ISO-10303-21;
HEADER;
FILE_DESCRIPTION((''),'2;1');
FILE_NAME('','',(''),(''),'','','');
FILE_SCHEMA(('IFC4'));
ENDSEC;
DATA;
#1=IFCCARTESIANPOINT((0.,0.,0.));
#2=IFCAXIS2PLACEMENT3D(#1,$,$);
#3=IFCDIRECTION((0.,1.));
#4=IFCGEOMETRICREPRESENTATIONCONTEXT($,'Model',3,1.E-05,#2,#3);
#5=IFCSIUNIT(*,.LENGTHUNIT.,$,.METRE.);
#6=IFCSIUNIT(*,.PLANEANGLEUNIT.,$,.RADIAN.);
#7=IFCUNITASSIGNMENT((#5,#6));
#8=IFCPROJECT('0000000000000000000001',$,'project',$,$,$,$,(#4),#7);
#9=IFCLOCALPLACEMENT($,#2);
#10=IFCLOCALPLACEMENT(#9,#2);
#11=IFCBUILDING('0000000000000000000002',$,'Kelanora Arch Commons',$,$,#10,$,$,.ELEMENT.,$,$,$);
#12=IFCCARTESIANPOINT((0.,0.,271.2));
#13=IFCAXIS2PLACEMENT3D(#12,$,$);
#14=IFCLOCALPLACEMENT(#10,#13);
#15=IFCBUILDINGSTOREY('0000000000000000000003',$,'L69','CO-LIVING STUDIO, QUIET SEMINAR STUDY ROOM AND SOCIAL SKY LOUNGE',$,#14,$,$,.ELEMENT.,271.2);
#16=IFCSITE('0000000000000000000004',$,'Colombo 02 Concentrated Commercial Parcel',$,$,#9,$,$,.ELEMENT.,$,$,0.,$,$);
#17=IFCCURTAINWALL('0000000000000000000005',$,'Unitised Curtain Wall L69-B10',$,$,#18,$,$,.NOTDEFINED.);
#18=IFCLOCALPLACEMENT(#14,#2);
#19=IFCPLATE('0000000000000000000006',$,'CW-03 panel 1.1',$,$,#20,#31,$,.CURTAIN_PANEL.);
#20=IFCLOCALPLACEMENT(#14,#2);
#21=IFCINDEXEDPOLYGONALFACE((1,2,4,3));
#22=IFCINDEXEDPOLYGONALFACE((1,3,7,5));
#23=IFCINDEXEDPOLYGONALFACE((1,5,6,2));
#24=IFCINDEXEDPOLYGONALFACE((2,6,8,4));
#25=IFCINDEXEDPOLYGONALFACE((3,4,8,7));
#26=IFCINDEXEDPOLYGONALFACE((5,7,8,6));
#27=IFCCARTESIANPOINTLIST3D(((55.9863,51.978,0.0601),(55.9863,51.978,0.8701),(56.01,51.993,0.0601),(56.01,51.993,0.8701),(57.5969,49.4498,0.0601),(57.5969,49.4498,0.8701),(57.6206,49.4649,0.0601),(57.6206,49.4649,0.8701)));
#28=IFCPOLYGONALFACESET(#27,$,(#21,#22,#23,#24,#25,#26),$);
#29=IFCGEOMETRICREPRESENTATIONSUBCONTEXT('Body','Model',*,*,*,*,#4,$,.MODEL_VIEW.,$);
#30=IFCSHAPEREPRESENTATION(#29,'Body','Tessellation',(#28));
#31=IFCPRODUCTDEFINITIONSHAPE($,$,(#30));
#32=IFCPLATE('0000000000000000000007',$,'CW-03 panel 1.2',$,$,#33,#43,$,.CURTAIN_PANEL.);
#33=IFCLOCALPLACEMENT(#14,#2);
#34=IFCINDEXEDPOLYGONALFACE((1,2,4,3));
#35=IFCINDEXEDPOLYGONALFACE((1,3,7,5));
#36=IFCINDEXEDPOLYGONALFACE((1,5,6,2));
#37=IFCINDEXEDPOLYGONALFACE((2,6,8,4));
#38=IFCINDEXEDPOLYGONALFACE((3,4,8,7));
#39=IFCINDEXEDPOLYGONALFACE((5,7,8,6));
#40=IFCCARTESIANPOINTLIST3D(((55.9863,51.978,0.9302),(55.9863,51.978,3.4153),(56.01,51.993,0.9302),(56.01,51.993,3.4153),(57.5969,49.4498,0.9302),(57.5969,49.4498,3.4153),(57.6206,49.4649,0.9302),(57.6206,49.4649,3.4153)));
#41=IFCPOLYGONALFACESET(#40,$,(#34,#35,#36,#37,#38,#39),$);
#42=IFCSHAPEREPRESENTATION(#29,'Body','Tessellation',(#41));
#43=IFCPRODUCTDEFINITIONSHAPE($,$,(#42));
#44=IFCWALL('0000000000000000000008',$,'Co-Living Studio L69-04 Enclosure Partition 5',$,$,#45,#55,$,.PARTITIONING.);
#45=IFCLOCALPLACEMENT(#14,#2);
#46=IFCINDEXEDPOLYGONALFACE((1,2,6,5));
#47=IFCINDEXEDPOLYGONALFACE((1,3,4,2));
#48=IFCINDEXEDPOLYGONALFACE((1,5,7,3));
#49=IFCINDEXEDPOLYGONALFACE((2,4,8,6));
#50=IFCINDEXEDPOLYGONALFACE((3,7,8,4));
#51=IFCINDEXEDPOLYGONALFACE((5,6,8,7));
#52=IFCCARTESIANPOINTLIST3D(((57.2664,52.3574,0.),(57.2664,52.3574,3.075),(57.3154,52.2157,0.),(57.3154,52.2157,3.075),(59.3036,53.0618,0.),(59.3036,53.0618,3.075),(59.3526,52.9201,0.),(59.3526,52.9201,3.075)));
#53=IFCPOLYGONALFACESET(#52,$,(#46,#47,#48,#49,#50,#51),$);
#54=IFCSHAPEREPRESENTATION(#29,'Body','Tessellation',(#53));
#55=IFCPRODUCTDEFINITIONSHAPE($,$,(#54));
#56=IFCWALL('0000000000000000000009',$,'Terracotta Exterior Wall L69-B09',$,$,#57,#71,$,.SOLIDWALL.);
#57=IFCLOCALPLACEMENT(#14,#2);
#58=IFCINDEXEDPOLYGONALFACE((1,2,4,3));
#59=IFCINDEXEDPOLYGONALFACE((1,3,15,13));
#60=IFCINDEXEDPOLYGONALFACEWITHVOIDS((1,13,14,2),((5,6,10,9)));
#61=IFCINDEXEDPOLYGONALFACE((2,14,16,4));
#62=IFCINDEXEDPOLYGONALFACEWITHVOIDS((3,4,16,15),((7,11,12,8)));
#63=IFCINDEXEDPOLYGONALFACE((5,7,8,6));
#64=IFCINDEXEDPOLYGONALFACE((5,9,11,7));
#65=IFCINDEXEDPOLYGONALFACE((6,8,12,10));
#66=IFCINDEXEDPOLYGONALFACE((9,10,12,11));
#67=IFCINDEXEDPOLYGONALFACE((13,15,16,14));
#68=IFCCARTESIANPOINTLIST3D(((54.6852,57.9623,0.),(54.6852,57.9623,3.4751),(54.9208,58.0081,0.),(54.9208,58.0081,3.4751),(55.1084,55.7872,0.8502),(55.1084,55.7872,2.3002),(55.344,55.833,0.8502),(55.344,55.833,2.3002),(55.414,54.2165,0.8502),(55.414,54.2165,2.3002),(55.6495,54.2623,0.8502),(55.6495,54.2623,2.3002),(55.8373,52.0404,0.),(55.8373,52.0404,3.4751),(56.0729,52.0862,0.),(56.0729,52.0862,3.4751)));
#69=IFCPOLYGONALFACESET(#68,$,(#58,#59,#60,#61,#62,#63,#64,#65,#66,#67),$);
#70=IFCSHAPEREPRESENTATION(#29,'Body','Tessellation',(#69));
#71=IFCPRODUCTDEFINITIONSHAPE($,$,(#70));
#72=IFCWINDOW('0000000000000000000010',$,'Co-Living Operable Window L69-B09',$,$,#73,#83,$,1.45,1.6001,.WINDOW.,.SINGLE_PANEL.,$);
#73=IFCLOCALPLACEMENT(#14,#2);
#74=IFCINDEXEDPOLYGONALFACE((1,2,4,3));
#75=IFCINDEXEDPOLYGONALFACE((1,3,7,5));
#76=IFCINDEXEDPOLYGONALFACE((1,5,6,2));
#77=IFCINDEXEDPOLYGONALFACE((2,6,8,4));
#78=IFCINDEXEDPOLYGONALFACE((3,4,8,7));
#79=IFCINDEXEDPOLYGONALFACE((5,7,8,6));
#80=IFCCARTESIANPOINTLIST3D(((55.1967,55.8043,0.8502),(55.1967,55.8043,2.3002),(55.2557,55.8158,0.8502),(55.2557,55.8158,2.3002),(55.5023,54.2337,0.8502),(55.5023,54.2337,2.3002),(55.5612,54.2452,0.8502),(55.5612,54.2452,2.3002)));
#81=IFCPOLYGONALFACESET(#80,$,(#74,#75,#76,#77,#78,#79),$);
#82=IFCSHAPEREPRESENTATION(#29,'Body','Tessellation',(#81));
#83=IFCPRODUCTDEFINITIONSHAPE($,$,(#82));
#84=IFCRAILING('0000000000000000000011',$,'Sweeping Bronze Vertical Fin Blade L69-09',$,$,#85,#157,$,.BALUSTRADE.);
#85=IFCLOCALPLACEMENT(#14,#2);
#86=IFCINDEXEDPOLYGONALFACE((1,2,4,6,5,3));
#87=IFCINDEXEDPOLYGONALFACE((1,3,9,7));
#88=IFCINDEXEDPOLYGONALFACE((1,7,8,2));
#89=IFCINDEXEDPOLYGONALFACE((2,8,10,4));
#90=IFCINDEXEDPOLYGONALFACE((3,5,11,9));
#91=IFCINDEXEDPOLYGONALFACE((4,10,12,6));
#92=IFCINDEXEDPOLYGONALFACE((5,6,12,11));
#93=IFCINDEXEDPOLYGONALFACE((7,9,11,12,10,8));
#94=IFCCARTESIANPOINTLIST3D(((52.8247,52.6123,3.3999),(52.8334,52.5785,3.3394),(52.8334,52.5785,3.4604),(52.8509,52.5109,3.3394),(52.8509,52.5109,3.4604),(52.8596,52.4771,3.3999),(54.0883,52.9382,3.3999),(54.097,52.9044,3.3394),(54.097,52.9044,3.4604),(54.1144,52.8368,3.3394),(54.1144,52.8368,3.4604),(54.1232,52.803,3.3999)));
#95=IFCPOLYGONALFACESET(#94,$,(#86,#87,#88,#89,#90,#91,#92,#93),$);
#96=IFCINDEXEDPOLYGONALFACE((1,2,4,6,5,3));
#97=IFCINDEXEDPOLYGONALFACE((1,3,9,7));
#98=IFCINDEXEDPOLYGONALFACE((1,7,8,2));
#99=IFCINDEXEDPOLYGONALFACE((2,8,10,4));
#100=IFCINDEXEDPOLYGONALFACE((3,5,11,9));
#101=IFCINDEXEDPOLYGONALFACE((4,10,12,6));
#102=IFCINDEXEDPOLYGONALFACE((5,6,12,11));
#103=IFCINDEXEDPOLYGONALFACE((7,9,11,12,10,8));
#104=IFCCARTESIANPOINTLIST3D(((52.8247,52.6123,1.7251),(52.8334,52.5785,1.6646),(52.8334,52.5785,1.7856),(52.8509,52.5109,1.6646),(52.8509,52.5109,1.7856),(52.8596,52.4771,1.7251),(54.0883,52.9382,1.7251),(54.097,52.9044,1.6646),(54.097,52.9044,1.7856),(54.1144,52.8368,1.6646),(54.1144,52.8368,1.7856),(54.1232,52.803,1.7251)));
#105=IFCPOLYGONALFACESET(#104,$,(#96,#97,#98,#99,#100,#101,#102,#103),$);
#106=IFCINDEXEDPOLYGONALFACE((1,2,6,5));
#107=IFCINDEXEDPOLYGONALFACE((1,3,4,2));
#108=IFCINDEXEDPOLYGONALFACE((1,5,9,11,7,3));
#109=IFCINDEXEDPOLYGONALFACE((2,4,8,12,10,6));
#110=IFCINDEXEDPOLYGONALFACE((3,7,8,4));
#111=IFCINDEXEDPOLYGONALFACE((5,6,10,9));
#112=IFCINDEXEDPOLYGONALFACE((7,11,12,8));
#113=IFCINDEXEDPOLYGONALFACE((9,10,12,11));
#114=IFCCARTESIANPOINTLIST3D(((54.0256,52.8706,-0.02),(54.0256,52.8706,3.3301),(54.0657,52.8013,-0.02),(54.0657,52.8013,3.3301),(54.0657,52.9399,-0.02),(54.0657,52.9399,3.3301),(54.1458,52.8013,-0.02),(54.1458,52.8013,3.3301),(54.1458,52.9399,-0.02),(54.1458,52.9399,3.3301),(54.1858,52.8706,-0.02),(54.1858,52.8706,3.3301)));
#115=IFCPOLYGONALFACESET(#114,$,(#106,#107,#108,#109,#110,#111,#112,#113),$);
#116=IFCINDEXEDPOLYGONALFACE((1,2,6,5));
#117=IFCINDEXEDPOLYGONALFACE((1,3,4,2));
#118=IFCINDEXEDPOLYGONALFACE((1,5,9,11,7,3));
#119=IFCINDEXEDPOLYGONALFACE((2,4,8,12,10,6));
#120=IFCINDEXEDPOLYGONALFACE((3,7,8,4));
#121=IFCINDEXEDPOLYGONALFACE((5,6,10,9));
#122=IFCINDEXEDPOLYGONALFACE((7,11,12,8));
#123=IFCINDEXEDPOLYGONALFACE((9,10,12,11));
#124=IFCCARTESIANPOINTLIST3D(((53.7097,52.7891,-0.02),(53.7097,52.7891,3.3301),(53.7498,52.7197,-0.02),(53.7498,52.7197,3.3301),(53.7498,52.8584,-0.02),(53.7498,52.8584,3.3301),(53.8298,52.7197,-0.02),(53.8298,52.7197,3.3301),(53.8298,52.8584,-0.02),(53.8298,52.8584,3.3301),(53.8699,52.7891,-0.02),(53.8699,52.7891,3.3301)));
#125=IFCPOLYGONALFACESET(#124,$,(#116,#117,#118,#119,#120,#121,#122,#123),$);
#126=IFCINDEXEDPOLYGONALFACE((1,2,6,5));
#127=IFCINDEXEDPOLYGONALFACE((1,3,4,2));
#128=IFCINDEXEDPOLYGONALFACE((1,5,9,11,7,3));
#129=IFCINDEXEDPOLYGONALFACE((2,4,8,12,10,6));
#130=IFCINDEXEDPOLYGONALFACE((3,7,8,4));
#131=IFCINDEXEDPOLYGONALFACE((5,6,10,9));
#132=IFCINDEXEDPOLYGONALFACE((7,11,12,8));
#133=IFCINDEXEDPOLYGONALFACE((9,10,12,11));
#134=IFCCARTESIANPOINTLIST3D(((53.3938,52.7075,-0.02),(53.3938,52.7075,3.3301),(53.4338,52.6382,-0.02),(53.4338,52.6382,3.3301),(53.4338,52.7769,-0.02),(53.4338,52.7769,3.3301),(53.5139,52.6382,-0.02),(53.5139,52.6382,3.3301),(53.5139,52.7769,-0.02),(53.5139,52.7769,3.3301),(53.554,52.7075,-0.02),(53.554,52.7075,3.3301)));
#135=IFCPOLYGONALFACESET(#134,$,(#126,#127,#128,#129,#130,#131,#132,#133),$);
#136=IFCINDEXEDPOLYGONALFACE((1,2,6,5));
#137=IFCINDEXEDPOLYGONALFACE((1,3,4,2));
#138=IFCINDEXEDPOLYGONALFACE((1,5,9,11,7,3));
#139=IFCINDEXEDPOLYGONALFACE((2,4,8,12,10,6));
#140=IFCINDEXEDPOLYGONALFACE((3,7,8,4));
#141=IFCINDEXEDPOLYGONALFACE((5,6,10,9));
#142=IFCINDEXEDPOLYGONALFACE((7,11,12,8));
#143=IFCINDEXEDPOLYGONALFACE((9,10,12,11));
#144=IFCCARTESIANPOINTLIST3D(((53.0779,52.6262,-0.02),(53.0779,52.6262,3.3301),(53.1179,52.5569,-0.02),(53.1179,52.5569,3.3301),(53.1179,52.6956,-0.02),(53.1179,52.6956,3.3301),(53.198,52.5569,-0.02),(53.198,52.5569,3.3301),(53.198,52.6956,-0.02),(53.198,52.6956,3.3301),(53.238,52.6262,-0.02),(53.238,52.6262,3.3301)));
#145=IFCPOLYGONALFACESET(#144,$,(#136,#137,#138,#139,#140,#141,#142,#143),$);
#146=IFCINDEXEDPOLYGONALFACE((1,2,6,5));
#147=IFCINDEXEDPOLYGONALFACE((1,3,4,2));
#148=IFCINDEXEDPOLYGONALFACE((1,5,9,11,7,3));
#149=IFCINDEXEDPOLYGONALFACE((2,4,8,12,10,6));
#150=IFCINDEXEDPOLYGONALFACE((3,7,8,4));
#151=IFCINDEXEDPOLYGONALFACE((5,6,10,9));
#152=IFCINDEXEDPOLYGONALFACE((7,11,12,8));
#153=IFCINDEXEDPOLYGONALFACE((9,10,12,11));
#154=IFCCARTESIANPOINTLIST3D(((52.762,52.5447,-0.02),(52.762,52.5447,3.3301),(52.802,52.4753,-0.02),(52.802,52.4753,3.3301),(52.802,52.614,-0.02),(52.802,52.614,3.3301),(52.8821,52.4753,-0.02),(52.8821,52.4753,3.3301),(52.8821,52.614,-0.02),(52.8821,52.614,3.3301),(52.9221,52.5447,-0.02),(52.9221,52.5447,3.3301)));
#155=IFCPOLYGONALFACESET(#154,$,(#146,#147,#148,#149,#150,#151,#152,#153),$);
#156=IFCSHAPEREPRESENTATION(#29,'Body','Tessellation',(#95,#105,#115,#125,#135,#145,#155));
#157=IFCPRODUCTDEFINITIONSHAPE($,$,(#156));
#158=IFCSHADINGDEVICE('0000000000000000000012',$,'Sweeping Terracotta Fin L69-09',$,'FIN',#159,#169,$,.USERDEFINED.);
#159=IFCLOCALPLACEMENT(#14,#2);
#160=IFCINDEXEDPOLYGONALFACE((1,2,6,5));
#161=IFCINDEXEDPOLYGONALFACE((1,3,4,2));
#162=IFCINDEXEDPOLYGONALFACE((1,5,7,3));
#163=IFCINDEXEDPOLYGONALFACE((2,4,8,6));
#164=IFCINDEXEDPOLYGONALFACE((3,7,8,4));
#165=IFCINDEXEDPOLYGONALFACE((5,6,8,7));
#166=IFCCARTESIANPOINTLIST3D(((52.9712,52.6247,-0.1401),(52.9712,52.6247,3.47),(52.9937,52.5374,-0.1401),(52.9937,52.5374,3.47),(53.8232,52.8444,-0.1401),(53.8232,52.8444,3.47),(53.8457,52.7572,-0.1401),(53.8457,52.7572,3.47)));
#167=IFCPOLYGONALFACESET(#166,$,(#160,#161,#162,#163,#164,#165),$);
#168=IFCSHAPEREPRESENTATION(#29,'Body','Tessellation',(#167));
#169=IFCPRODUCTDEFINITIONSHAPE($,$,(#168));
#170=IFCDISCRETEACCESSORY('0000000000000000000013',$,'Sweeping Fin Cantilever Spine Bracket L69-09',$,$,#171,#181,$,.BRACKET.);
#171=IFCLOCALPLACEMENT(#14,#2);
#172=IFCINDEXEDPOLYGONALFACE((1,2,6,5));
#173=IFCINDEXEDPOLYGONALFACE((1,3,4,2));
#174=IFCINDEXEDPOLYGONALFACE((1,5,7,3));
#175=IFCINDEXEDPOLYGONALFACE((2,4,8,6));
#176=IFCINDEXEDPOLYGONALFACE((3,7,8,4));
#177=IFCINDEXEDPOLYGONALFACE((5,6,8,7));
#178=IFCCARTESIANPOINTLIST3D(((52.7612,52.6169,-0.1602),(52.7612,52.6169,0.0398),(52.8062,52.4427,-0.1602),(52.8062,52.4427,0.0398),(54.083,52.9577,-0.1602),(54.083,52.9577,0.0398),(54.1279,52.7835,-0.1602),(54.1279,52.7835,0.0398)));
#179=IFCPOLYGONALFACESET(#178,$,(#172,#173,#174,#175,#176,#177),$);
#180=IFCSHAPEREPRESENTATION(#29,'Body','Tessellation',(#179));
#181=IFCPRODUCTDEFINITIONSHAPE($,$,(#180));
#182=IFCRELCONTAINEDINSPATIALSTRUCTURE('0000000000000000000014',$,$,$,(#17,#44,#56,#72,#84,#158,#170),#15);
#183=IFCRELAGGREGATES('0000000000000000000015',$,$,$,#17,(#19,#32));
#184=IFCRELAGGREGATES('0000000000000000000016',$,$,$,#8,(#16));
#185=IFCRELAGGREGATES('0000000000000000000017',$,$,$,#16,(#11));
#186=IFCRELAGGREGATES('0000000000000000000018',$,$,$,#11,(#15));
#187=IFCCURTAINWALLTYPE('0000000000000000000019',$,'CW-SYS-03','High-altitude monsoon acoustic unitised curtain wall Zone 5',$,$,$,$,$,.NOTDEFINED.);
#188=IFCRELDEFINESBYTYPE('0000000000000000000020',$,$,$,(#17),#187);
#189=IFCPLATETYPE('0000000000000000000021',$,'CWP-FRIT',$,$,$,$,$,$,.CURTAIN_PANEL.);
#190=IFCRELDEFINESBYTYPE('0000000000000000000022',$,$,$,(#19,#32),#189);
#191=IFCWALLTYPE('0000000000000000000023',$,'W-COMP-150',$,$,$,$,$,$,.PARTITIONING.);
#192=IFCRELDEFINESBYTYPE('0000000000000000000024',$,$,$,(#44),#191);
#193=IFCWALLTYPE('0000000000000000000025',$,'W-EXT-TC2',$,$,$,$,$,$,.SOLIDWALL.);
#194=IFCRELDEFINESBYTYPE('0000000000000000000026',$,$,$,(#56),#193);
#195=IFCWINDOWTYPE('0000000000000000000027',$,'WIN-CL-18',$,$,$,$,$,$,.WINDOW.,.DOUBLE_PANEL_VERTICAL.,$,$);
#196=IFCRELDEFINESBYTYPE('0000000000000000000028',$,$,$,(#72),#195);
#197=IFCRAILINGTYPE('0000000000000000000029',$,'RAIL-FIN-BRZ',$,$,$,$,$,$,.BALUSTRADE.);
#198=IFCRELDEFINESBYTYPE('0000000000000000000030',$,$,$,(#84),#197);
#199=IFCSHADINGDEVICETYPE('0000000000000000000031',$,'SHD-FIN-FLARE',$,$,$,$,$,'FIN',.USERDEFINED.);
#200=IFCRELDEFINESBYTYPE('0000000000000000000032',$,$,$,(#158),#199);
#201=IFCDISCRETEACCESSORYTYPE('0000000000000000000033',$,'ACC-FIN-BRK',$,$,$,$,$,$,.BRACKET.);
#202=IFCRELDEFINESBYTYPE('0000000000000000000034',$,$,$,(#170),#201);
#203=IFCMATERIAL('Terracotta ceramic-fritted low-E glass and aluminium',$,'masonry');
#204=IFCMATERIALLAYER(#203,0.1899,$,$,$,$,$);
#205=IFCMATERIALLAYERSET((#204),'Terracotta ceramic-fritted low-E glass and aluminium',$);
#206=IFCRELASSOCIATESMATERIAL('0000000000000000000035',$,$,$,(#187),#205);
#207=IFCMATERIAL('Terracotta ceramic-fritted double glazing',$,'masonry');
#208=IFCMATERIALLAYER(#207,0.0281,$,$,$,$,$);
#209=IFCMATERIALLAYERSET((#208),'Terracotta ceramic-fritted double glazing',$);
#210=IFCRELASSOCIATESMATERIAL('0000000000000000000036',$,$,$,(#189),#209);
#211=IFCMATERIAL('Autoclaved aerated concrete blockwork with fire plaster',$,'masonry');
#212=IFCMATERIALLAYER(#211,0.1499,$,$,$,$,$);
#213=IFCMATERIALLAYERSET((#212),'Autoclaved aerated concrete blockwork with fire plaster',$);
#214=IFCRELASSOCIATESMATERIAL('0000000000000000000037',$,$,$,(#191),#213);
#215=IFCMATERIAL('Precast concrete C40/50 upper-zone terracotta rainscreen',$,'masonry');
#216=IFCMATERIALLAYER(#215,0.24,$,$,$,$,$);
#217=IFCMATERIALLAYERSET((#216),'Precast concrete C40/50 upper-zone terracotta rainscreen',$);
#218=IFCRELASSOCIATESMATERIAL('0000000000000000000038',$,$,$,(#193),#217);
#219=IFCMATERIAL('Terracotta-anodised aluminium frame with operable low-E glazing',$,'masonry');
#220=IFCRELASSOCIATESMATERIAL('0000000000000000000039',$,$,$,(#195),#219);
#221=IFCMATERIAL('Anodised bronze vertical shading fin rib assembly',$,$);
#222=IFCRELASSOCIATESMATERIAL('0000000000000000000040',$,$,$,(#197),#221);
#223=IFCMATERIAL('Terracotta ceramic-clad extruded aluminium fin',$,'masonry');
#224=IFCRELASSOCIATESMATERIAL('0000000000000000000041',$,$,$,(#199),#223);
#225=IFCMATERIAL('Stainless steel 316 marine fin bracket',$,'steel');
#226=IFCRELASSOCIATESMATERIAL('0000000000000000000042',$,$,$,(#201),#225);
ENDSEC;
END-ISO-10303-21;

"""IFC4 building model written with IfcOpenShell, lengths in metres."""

from ifc_helpers import new_model, si_unit, direction, frame, frame_2d, origin, origin_2d, place, context, subcontext, project, spatial, polyline, rectangle, outline, extrude, source, transform, mapped, material, layer, layer_set, type_object, element, fill, aggregate, save


model = new_model("IFC4")

# Units and contexts
model_context = context("Model", 3, precision=1e-05, world=origin(), true_north=direction((0.0, 1.0)))
body_context = subcontext(model_context, "Body", "Model", "MODEL_VIEW")
ifc_project = project(units=[si_unit("LENGTHUNIT", "METRE"), si_unit("PLANEANGLEUNIT", "RADIAN")], contexts=[model_context])

# Site, building, storey
site_placement = place(None, origin())
site = spatial("IfcSite", under=ifc_project, at=site_placement, Name="Colombo 02 Concentrated Commercial Parcel", CompositionType="ELEMENT", RefElevation=0.0)
building_placement = place(site_placement, origin())
building = spatial("IfcBuilding", under=site, at=building_placement, Name="Kelanora Arch Commons", CompositionType="ELEMENT")
storey_placement = place(building_placement, frame((0.0, 0.0, 271.2)))
storey = spatial("IfcBuildingStorey", under=building, at=storey_placement, Name="L69", Description="CO-LIVING STUDIO, QUIET SEMINAR STUDY ROOM AND SOCIAL SKY LOUNGE", CompositionType="ELEMENT", Elevation=271.2)

# Curtain wall
ifc_material_1 = material(Name="Terracotta ceramic-fritted low-E glass and aluminium", Category="masonry")
ifc_layer_1 = layer(ifc_material_1, 0.1899)
ifc_layer_set_1 = layer_set([ifc_layer_1], Name="Terracotta ceramic-fritted low-E glass and aluminium")
curtain_wall_type = type_object("IfcCurtainWallType", Name="CW-SYS-03", Description="High-altitude monsoon acoustic unitised curtain wall Zone 5", PredefinedType="NOTDEFINED", material=ifc_layer_set_1)
curtain_wall_placement = place(storey_placement, origin())
curtain_wall = element("IfcCurtainWall", 1, at=curtain_wall_placement, inside=storey, type_object=curtain_wall_type, Name="Unitised Curtain Wall L69-B10", PredefinedType="NOTDEFINED")

# Plates
ifc_material_2 = material(Name="Terracotta ceramic-fritted double glazing", Category="masonry")
ifc_layer_2 = layer(ifc_material_2, 0.0281)
ifc_layer_set_2 = layer_set([ifc_layer_2], Name="Terracotta ceramic-fritted double glazing")
plate_type = type_object("IfcPlateType", Name="CWP-FRIT", PredefinedType="CURTAIN_PANEL", material=ifc_layer_set_2)
shared_shape_1 = source(origin(), body_context, "Body", "SweptSolid", [
    extrude(rectangle(XDim=2.9976, YDim=0.0281, at=origin_2d()), origin(), (0.0, 0.0, 1.0), 0.8101),
])
plate_1_placement = place(storey_placement, frame((56.8035, 50.7214, 0.0601), z_axis=(0.0, 0.0, 1.0), x_axis=(0.5373, -0.843391, 0.0)))
plate_1 = element("IfcPlate", 2, at=plate_1_placement, type_object=plate_type, Name="CW-03 panel 1.1", PredefinedType="CURTAIN_PANEL", context=body_context, shape_type="MappedRepresentation", body=[
    mapped(shared_shape_1, transform((0.0, 0.0, 0.0), scale=1.0)),
])
shared_shape_2 = source(origin(), body_context, "Body", "SweptSolid", [
    extrude(rectangle(XDim=2.9976, YDim=0.0281, at=origin_2d()), origin(), (0.0, 0.0, 1.0), 2.4851),
])
plate_2_placement = place(storey_placement, frame((56.8035, 50.7214, 0.9302), z_axis=(0.0, 0.0, 1.0), x_axis=(0.5373, -0.843391, 0.0)))
plate_2 = element("IfcPlate", 3, at=plate_2_placement, type_object=plate_type, Name="CW-03 panel 1.2", PredefinedType="CURTAIN_PANEL", context=body_context, shape_type="MappedRepresentation", body=[
    mapped(shared_shape_2, transform((0.0, 0.0, 0.0), scale=1.0)),
])
aggregate(curtain_wall, [plate_1, plate_2])

# Wall
ifc_material_3 = material(Name="Autoclaved aerated concrete blockwork with fire plaster", Category="masonry")
ifc_layer_3 = layer(ifc_material_3, 0.1499)
ifc_layer_set_3 = layer_set([ifc_layer_3], Name="Autoclaved aerated concrete blockwork with fire plaster")
wall_type_1 = type_object("IfcWallType", Name="W-COMP-150", PredefinedType="PARTITIONING", material=ifc_layer_set_3)
wall_1_placement = place(storey_placement, frame((57.291, 52.2866, 0.0), z_axis=(0.0, 0.0, 1.0), x_axis=(0.945102, 0.326776, 0.0)))
element("IfcWall", 4, at=wall_1_placement, inside=storey, type_object=wall_type_1, Name="Co-Living Studio L69-04 Enclosure Partition 5", PredefinedType="PARTITIONING", context=body_context, shape_type="SweptSolid", body=[
    extrude(rectangle(XDim=2.1555, YDim=0.1499, at=frame_2d((1.0776, 0.0))), origin(), (0.0, 0.0, 1.0), 3.075),
])

# Wall, opening, window
ifc_material_4 = material(Name="Precast concrete C40/50 upper-zone terracotta rainscreen", Category="masonry")
ifc_layer_4 = layer(ifc_material_4, 0.24)
ifc_layer_set_4 = layer_set([ifc_layer_4], Name="Precast concrete C40/50 upper-zone terracotta rainscreen")
wall_type_2 = type_object("IfcWallType", Name="W-EXT-TC2", PredefinedType="SOLIDWALL", material=ifc_layer_set_4)
wall_2_placement = place(storey_placement, frame((54.803, 57.9854, 0.0), z_axis=(0.0, 0.0, 1.0), x_axis=(0.190969, -0.981596, 0.0)))
wall_2 = element("IfcWall", 5, at=wall_2_placement, inside=storey, type_object=wall_type_2, Name="Terracotta Exterior Wall L69-B09", PredefinedType="SOLIDWALL", context=body_context, shape_type="SweptSolid", body=[
    extrude(rectangle(XDim=6.033, YDim=0.24, at=frame_2d((3.0166, 0.0))), origin(), (0.0, 0.0, 1.0), 3.4751),
])
opening_placement = place(wall_2_placement, frame((2.2161, 0.0, 0.8501)))
opening = element("IfcOpeningElement", 6, at=opening_placement, cuts=wall_2, PredefinedType="OPENING", context=body_context, shape_type="SweptSolid", body=[
    extrude(rectangle(XDim=1.6001, YDim=1.45, at=frame_2d((0.8, 0.7251))), frame((0.0, 0.1299, 0.0), z_axis=(0.0, -1.0, 0.0), x_axis=(1.0, 0.0, 0.0)), (0.0, 0.0, 1.0), 0.26),
])
ifc_material_5 = material(Name="Terracotta-anodised aluminium frame with operable low-E glazing", Category="masonry")
window_type = type_object("IfcWindowType", Name="WIN-CL-18", PartitioningType="DOUBLE_PANEL_VERTICAL", PredefinedType="WINDOW", material=ifc_material_5)
window_placement = place(opening_placement, origin())
window = element("IfcWindow", 7, at=window_placement, inside=storey, type_object=window_type, Name="Co-Living Operable Window L69-B09", OverallHeight=1.45, OverallWidth=1.6001, PartitioningType="SINGLE_PANEL", PredefinedType="WINDOW", context=body_context, shape_type="SweptSolid", body=[
    extrude(rectangle(XDim=1.6001, YDim=1.45, at=frame_2d((0.8, 0.7251))), frame((0.0, 0.03, 0.0), z_axis=(0.0, -1.0, 0.0), x_axis=(1.0, 0.0, 0.0)), (0.0, 0.0, 1.0), 0.0601),
])
fill(opening, window)

# Railing
ifc_material_6 = material(Name="Anodised bronze vertical shading fin rib assembly")
railing_type = type_object("IfcRailingType", Name="RAIL-FIN-BRZ", PredefinedType="BALUSTRADE", material=ifc_material_6)
railing_placement = place(storey_placement, frame((54.1057, 52.8706, -0.02)))
element("IfcRailing", 8, at=railing_placement, inside=storey, type_object=railing_type, Name="Sweeping Bronze Vertical Fin Blade L69-09", PredefinedType="BALUSTRADE", context=body_context, shape_type="SweptSolid", body=[
    extrude(outline(polyline([(0.0698, 0.0), (0.0349, 0.0605), (-0.0349, 0.0605), (-0.0698, 0.0), (-0.0349, -0.0605), (0.0349, -0.0605), (0.0698, 0.0)])), frame((0.0, 0.0, 3.4199), z_axis=(-0.968311, -0.249748, 0.0), x_axis=(0.249748, -0.968311, 0.0)), (0.0, 0.0, 1.0), 1.3049),
    extrude(outline(polyline([(0.0698, 0.0), (0.0349, 0.0605), (-0.0349, 0.0605), (-0.0698, 0.0), (-0.0349, -0.0605), (0.0349, -0.0605), (0.0698, 0.0)])), frame((0.0, 0.0, 1.7451), z_axis=(-0.968311, -0.249748, 0.0), x_axis=(0.249748, -0.968311, 0.0)), (0.0, 0.0, 1.0), 1.3049),
    extrude(outline(polyline([(0.0801, 0.0), (0.04, 0.0693), (-0.04, 0.0693), (-0.0801, 0.0), (-0.04, -0.0693), (0.04, -0.0693), (0.0801, 0.0)])), origin(), (0.0, 0.0, 1.0), 3.3501),
    extrude(outline(polyline([(0.0801, 0.0), (0.04, 0.0693), (-0.04, 0.0693), (-0.0801, 0.0), (-0.04, -0.0693), (0.04, -0.0693), (0.0801, 0.0)])), frame((-0.3159, -0.0815, 0.0)), (0.0, 0.0, 1.0), 3.3501),
    extrude(outline(polyline([(0.0801, 0.0), (0.04, 0.0693), (-0.04, 0.0693), (-0.0801, 0.0), (-0.04, -0.0693), (0.04, -0.0693), (0.0801, 0.0)])), frame((-0.6318, -0.1631, 0.0)), (0.0, 0.0, 1.0), 3.3501),
    extrude(outline(polyline([(0.0801, 0.0), (0.04, 0.0693), (-0.04, 0.0693), (-0.0801, 0.0), (-0.04, -0.0693), (0.04, -0.0693), (0.0801, 0.0)])), frame((-0.9478, -0.2444, 0.0)), (0.0, 0.0, 1.0), 3.3501),
    extrude(outline(polyline([(0.0801, 0.0), (0.04, 0.0693), (-0.04, 0.0693), (-0.0801, 0.0), (-0.04, -0.0693), (0.04, -0.0693), (0.0801, 0.0)])), frame((-1.2637, -0.3259, 0.0)), (0.0, 0.0, 1.0), 3.3501),
])

# Shading device
ifc_material_7 = material(Name="Terracotta ceramic-clad extruded aluminium fin", Category="masonry")
shading_device_type = type_object("IfcShadingDeviceType", Name="SHD-FIN-FLARE", ElementType="FIN", PredefinedType="USERDEFINED", material=ifc_material_7)
shared_shape_3 = source(origin(), body_context, "Body", "SweptSolid", [
    extrude(rectangle(XDim=0.8799, YDim=0.0901, at=origin_2d()), origin(), (0.0, 0.0, 1.0), 3.6101),
])
shading_device_placement = place(storey_placement, frame((53.4084, 52.6909, -0.1401), z_axis=(0.0, 0.0, 1.0), x_axis=(-0.968322, -0.249704, 0.0)))
element("IfcShadingDevice", 9, at=shading_device_placement, inside=storey, type_object=shading_device_type, Name="Sweeping Terracotta Fin L69-09", ObjectType="FIN", PredefinedType="USERDEFINED", context=body_context, shape_type="MappedRepresentation", body=[
    mapped(shared_shape_3, transform((0.0, 0.0, 0.0), scale=1.0)),
])

# Discrete accessory
ifc_material_8 = material(Name="Stainless steel 316 marine fin bracket", Category="steel")
discrete_accessory_type = type_object("IfcDiscreteAccessoryType", Name="ACC-FIN-BRK", PredefinedType="BRACKET", material=ifc_material_8)
shared_shape_4 = source(origin(), body_context, "Body", "SweptSolid", [
    extrude(rectangle(XDim=1.365, YDim=0.1799, at=origin_2d()), origin(), (0.0, 0.0, 1.0), 0.2),
])
discrete_accessory_placement = place(storey_placement, frame((53.4446, 52.7002, -0.1602), z_axis=(0.0, 0.0, 1.0), x_axis=(-0.968322, -0.249704, 0.0)))
element("IfcDiscreteAccessory", 10, at=discrete_accessory_placement, inside=storey, type_object=discrete_accessory_type, Name="Sweeping Fin Cantilever Spine Bracket L69-09", PredefinedType="BRACKET", context=body_context, shape_type="MappedRepresentation", body=[
    mapped(shared_shape_4, transform((0.0, 0.0, 0.0), scale=1.0)),
])

save(model, "model.ifc")
